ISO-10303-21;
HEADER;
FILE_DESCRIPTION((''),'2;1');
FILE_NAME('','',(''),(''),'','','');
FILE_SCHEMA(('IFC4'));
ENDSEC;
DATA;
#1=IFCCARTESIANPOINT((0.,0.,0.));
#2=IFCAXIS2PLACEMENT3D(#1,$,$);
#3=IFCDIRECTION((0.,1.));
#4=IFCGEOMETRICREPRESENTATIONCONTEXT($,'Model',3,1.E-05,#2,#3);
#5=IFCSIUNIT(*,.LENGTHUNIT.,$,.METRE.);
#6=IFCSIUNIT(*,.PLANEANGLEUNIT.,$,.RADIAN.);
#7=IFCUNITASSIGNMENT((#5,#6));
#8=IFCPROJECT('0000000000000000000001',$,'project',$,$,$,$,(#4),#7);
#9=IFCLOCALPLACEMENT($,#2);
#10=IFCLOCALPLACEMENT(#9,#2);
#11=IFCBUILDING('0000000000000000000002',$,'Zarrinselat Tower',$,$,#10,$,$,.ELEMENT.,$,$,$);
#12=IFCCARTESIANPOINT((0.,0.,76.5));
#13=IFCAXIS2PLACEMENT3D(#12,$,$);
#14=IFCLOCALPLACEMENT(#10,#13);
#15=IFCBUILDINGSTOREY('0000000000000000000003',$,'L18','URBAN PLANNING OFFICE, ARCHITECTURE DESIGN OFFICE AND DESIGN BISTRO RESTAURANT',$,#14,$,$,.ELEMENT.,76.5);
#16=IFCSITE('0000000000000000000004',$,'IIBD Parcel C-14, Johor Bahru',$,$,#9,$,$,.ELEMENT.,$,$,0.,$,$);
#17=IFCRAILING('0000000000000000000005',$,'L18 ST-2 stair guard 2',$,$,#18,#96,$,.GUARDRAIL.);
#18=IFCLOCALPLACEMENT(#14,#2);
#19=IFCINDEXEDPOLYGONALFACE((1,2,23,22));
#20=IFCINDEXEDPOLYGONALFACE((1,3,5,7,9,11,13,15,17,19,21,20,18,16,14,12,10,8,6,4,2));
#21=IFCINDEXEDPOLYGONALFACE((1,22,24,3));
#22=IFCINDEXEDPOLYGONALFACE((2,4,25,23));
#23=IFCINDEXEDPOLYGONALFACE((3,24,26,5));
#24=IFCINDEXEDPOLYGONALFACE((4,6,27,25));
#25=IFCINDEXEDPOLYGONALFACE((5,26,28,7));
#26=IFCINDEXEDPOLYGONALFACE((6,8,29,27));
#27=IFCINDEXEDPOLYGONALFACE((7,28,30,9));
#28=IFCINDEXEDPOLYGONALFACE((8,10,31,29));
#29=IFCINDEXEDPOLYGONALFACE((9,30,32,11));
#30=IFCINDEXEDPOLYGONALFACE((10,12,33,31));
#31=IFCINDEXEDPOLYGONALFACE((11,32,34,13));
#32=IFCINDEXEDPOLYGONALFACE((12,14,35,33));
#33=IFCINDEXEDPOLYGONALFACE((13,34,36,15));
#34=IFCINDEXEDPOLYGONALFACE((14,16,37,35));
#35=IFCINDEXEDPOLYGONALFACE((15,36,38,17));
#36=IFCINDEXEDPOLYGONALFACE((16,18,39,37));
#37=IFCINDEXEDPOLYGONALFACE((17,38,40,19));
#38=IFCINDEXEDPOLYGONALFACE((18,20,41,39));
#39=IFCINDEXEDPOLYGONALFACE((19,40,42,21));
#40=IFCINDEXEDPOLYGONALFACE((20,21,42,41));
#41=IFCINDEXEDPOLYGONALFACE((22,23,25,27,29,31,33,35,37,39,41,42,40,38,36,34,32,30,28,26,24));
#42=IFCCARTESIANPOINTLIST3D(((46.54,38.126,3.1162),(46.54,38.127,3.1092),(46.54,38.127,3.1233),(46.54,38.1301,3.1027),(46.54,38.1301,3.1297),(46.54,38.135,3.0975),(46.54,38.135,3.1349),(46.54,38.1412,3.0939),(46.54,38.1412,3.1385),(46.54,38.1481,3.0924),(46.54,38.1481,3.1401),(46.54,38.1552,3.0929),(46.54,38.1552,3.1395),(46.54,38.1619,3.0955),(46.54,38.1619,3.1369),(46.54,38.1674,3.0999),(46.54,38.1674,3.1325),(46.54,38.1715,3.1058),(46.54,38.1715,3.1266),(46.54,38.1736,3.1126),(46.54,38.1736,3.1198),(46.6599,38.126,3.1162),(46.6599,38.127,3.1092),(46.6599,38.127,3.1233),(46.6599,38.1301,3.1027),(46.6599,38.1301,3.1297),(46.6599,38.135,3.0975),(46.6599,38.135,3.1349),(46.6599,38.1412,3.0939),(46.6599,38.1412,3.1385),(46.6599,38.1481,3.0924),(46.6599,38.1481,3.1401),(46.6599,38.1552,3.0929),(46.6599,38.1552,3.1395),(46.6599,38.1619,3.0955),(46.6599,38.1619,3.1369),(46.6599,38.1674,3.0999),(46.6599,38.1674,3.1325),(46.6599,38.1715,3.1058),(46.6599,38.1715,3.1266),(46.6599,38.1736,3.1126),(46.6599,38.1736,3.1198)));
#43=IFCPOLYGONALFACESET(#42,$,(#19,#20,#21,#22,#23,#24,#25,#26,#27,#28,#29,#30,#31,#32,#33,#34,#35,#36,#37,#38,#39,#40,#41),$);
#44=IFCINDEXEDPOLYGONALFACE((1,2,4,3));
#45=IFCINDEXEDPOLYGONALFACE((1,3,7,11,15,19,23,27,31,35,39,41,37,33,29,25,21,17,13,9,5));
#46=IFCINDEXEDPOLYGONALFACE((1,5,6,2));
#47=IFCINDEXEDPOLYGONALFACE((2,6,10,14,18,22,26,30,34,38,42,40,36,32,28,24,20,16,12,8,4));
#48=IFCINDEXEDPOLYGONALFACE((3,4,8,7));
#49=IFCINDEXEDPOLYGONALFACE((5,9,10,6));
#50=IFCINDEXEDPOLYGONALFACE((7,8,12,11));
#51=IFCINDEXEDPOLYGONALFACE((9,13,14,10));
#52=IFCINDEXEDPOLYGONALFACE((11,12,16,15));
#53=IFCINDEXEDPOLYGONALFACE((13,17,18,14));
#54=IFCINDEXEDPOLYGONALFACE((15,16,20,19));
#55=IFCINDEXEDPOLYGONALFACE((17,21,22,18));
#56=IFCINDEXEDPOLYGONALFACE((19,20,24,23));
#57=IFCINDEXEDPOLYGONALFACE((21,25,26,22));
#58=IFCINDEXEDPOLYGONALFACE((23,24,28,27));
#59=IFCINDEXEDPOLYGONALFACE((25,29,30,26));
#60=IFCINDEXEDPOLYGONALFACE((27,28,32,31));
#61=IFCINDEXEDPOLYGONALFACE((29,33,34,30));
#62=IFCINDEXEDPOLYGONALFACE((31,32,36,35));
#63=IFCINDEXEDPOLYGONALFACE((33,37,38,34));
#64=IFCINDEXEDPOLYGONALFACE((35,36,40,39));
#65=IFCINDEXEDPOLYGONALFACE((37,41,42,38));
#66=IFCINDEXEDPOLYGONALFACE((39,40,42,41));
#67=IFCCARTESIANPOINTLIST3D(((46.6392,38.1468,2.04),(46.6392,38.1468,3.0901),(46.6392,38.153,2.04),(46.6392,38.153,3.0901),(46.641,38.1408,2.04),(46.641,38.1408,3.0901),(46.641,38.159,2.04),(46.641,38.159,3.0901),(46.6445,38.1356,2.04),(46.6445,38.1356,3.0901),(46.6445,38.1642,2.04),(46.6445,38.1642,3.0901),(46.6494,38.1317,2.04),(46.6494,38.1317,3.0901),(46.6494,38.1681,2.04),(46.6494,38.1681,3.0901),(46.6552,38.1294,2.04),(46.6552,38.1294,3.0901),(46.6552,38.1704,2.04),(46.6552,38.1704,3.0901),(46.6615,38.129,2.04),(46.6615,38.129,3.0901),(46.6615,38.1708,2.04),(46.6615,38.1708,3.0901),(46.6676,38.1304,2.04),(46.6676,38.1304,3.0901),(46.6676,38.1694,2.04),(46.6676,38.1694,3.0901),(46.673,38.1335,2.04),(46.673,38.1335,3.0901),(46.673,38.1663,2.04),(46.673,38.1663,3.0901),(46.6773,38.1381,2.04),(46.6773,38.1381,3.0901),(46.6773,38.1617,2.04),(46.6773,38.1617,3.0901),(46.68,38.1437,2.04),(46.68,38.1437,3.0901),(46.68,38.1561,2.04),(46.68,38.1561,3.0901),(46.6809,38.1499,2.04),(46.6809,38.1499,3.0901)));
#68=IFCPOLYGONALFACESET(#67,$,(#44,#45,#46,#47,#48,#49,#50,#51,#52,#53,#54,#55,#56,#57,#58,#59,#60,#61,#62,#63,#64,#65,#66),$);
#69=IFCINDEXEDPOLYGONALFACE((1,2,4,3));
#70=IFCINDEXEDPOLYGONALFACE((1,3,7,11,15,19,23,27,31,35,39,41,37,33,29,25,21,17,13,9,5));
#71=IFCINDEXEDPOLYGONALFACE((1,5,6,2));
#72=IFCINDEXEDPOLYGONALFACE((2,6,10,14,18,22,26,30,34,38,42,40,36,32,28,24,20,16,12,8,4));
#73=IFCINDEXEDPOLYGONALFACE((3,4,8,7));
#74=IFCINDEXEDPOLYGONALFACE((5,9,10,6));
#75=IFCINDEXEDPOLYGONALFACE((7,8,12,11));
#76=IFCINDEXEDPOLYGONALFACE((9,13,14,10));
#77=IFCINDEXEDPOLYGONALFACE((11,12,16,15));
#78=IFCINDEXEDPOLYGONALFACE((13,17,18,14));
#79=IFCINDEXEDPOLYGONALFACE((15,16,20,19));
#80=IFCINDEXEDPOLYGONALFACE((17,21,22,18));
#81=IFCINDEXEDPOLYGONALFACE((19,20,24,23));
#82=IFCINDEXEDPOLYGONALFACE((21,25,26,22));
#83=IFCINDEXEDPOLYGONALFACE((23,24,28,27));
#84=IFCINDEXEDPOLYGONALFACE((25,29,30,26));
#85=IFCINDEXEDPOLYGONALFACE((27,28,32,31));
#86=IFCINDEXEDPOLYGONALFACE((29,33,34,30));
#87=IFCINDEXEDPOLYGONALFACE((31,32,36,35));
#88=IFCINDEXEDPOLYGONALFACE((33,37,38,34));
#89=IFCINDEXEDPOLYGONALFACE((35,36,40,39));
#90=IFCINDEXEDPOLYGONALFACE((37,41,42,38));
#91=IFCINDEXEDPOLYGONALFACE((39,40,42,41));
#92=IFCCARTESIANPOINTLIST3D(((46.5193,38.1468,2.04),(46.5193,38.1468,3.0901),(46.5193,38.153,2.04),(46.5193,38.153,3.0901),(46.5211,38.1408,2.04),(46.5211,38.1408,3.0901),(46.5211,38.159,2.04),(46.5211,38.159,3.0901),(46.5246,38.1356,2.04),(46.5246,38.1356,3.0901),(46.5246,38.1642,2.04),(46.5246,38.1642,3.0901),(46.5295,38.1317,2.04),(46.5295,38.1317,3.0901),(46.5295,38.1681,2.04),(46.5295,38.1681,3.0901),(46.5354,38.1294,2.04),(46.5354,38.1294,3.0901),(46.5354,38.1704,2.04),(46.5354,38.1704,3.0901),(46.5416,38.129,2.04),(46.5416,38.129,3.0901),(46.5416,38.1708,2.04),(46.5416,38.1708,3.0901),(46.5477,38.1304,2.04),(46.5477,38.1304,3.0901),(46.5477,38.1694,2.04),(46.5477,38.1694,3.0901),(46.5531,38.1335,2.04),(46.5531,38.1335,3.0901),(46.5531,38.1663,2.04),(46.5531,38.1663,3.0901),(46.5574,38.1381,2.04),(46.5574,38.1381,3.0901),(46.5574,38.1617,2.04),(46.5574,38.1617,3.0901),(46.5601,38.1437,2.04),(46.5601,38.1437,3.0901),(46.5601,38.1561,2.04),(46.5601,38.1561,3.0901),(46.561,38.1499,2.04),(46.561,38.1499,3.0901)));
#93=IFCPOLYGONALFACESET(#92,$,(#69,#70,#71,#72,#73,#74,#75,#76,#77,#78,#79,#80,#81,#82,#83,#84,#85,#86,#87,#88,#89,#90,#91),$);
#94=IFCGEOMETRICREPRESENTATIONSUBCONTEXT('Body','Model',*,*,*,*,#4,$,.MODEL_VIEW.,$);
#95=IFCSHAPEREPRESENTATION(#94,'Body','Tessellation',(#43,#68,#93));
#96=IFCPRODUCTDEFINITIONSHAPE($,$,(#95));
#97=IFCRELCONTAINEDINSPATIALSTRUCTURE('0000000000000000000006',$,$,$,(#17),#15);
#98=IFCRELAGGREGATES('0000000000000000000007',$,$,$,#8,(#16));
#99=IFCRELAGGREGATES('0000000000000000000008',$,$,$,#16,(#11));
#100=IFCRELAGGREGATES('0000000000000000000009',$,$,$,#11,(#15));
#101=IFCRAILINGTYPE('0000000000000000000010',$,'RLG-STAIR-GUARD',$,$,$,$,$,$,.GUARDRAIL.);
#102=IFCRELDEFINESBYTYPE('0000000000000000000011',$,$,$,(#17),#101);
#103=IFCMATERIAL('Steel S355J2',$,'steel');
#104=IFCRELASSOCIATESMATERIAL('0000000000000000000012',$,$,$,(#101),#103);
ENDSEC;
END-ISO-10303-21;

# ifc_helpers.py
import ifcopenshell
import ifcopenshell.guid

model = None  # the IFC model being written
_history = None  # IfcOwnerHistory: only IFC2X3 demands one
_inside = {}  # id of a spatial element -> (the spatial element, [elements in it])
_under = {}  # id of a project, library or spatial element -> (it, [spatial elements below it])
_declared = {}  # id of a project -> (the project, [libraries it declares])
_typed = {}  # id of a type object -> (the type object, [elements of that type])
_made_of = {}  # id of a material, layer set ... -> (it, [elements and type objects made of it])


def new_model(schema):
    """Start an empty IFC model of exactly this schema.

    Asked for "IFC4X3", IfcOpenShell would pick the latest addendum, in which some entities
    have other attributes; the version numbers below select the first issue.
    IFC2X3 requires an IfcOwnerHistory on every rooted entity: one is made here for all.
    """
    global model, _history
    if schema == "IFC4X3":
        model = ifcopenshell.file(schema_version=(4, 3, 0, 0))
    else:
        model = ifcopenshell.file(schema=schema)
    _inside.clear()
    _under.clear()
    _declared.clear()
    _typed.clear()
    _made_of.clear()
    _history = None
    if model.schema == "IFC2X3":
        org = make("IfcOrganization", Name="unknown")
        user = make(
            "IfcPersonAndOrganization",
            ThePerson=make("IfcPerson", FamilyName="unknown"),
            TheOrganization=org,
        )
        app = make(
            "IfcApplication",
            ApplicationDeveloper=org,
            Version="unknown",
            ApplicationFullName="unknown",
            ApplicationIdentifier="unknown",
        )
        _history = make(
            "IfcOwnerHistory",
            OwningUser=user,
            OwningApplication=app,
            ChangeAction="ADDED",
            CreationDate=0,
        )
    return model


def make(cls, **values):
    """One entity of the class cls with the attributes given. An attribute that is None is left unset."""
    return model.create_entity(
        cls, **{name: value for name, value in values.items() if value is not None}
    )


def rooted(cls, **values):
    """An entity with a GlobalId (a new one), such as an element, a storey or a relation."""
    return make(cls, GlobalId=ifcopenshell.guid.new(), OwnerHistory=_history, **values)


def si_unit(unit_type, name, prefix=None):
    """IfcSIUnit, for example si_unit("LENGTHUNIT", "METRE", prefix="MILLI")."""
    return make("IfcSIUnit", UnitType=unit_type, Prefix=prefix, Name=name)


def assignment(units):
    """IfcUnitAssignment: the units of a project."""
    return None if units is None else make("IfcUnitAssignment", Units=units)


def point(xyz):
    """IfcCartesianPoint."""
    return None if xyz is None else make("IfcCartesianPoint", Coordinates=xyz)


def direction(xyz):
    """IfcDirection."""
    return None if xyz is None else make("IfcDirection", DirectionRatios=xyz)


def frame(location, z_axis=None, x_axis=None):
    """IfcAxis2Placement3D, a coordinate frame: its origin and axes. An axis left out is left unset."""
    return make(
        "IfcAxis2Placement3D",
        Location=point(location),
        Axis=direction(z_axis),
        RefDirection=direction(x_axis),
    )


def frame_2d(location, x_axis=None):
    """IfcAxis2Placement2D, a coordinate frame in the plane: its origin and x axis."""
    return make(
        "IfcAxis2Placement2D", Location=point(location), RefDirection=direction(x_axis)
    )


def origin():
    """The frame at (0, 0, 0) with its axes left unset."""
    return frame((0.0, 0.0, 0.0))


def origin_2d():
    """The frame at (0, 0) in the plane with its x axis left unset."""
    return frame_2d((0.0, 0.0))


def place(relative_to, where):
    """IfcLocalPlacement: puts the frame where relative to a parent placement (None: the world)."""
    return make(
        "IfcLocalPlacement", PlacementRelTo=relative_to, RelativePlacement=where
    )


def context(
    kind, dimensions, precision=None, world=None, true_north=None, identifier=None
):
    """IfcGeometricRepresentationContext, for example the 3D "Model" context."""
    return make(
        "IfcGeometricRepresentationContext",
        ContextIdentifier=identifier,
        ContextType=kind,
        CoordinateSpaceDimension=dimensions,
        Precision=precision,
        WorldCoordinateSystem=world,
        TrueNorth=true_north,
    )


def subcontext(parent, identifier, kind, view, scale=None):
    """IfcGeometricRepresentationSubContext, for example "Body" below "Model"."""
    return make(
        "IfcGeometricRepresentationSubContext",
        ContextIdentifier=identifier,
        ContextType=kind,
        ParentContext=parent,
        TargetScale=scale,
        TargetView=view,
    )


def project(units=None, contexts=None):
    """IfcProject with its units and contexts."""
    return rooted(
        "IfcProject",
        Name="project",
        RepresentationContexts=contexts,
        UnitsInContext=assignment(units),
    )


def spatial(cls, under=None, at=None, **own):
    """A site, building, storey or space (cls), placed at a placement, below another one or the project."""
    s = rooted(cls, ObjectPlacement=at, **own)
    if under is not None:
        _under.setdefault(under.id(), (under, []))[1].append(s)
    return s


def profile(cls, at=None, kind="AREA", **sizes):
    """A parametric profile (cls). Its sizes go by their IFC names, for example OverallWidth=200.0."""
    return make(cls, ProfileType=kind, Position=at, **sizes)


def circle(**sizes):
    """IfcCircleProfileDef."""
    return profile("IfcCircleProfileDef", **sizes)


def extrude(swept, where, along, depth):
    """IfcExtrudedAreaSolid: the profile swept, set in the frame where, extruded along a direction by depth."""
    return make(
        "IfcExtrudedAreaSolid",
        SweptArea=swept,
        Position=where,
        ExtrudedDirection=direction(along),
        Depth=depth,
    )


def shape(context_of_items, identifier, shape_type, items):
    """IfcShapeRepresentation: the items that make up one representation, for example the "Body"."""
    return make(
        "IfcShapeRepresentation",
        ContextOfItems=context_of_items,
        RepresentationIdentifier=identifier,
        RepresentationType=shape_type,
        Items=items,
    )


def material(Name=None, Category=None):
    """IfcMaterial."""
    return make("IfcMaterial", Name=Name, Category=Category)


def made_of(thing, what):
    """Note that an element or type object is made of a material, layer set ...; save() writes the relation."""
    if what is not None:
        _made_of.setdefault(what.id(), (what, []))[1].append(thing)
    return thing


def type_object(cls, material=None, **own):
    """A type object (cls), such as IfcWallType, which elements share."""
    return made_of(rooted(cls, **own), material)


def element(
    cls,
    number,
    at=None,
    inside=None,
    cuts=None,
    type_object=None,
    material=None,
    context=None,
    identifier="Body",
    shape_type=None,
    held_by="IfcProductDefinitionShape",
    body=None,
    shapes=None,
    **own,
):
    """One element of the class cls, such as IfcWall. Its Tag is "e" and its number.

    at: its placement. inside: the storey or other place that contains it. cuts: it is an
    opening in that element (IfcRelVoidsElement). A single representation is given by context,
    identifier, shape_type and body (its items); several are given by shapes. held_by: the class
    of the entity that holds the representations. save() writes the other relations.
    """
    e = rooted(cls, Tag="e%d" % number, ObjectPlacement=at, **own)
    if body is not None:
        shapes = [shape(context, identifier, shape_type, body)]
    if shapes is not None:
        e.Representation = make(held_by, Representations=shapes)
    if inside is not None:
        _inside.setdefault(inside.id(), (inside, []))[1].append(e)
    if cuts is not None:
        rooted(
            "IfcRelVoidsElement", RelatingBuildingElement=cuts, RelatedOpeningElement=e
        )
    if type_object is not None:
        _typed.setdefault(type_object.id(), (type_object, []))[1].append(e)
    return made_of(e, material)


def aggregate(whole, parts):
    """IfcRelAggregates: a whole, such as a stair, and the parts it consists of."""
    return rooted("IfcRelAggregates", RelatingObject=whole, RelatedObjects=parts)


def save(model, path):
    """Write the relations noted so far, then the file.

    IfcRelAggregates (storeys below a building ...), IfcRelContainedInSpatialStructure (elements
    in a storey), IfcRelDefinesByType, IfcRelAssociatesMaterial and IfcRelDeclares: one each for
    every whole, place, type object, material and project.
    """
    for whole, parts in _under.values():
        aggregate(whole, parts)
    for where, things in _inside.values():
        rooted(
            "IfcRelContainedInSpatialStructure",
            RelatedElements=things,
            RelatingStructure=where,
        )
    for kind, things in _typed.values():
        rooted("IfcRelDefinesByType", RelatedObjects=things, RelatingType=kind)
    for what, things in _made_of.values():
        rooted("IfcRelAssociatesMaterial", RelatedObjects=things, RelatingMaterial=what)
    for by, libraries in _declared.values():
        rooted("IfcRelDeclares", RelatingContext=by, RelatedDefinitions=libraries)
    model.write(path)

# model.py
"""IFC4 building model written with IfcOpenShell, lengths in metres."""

from ifc_helpers import new_model, si_unit, direction, frame, origin, origin_2d, place, context, subcontext, project, spatial, circle, extrude, material, type_object, element, save


model = new_model("IFC4")

# Units and contexts
model_context = context("Model", 3, precision=1e-05, world=origin(), true_north=direction((0.0, 1.0)))
body_context = subcontext(model_context, "Body", "Model", "MODEL_VIEW")
ifc_project = project(units=[si_unit("LENGTHUNIT", "METRE"), si_unit("PLANEANGLEUNIT", "RADIAN")], contexts=[model_context])

# Site, building, storey
site_placement = place(None, origin())
site = spatial("IfcSite", under=ifc_project, at=site_placement, Name="IIBD Parcel C-14, Johor Bahru", CompositionType="ELEMENT", RefElevation=0.0)
building_placement = place(site_placement, origin())
building = spatial("IfcBuilding", under=site, at=building_placement, Name="Zarrinselat Tower", CompositionType="ELEMENT")
storey_placement = place(building_placement, frame((0.0, 0.0, 76.5)))
storey = spatial("IfcBuildingStorey", under=building, at=storey_placement, Name="L18", Description="URBAN PLANNING OFFICE, ARCHITECTURE DESIGN OFFICE AND DESIGN BISTRO RESTAURANT", CompositionType="ELEMENT", Elevation=76.5)

# Railing
ifc_material_1 = material(Name="Steel S355J2", Category="steel")
railing_type_1 = type_object("IfcRailingType", Name="RLG-STAIR-GUARD", PredefinedType="GUARDRAIL", material=ifc_material_1)
railing_1_placement = place(storey_placement, frame((46.6599, 38.1499, 2.04)))
element("IfcRailing", 1, at=railing_1_placement, inside=storey, type_object=railing_type_1, Name="L18 ST-2 stair guard 2", PredefinedType="GUARDRAIL", context=body_context, shape_type="SweptSolid", body=[
    extrude(circle(Radius=0.0239, at=origin_2d()), frame((0.0, 0.0, 1.0762), z_axis=(-1.0, 0.0, 0.0), x_axis=(0.0, -1.0, 0.0)), (0.0, 0.0, 1.0), 0.1199),
    extrude(circle(Radius=0.021, at=origin_2d()), origin(), (0.0, 0.0, 1.0), 1.05),
    extrude(circle(Radius=0.021, at=origin_2d()), frame((-0.1199, 0.0, 0.0)), (0.0, 0.0, 1.0), 1.05),
])

save(model, "model.ifc")
